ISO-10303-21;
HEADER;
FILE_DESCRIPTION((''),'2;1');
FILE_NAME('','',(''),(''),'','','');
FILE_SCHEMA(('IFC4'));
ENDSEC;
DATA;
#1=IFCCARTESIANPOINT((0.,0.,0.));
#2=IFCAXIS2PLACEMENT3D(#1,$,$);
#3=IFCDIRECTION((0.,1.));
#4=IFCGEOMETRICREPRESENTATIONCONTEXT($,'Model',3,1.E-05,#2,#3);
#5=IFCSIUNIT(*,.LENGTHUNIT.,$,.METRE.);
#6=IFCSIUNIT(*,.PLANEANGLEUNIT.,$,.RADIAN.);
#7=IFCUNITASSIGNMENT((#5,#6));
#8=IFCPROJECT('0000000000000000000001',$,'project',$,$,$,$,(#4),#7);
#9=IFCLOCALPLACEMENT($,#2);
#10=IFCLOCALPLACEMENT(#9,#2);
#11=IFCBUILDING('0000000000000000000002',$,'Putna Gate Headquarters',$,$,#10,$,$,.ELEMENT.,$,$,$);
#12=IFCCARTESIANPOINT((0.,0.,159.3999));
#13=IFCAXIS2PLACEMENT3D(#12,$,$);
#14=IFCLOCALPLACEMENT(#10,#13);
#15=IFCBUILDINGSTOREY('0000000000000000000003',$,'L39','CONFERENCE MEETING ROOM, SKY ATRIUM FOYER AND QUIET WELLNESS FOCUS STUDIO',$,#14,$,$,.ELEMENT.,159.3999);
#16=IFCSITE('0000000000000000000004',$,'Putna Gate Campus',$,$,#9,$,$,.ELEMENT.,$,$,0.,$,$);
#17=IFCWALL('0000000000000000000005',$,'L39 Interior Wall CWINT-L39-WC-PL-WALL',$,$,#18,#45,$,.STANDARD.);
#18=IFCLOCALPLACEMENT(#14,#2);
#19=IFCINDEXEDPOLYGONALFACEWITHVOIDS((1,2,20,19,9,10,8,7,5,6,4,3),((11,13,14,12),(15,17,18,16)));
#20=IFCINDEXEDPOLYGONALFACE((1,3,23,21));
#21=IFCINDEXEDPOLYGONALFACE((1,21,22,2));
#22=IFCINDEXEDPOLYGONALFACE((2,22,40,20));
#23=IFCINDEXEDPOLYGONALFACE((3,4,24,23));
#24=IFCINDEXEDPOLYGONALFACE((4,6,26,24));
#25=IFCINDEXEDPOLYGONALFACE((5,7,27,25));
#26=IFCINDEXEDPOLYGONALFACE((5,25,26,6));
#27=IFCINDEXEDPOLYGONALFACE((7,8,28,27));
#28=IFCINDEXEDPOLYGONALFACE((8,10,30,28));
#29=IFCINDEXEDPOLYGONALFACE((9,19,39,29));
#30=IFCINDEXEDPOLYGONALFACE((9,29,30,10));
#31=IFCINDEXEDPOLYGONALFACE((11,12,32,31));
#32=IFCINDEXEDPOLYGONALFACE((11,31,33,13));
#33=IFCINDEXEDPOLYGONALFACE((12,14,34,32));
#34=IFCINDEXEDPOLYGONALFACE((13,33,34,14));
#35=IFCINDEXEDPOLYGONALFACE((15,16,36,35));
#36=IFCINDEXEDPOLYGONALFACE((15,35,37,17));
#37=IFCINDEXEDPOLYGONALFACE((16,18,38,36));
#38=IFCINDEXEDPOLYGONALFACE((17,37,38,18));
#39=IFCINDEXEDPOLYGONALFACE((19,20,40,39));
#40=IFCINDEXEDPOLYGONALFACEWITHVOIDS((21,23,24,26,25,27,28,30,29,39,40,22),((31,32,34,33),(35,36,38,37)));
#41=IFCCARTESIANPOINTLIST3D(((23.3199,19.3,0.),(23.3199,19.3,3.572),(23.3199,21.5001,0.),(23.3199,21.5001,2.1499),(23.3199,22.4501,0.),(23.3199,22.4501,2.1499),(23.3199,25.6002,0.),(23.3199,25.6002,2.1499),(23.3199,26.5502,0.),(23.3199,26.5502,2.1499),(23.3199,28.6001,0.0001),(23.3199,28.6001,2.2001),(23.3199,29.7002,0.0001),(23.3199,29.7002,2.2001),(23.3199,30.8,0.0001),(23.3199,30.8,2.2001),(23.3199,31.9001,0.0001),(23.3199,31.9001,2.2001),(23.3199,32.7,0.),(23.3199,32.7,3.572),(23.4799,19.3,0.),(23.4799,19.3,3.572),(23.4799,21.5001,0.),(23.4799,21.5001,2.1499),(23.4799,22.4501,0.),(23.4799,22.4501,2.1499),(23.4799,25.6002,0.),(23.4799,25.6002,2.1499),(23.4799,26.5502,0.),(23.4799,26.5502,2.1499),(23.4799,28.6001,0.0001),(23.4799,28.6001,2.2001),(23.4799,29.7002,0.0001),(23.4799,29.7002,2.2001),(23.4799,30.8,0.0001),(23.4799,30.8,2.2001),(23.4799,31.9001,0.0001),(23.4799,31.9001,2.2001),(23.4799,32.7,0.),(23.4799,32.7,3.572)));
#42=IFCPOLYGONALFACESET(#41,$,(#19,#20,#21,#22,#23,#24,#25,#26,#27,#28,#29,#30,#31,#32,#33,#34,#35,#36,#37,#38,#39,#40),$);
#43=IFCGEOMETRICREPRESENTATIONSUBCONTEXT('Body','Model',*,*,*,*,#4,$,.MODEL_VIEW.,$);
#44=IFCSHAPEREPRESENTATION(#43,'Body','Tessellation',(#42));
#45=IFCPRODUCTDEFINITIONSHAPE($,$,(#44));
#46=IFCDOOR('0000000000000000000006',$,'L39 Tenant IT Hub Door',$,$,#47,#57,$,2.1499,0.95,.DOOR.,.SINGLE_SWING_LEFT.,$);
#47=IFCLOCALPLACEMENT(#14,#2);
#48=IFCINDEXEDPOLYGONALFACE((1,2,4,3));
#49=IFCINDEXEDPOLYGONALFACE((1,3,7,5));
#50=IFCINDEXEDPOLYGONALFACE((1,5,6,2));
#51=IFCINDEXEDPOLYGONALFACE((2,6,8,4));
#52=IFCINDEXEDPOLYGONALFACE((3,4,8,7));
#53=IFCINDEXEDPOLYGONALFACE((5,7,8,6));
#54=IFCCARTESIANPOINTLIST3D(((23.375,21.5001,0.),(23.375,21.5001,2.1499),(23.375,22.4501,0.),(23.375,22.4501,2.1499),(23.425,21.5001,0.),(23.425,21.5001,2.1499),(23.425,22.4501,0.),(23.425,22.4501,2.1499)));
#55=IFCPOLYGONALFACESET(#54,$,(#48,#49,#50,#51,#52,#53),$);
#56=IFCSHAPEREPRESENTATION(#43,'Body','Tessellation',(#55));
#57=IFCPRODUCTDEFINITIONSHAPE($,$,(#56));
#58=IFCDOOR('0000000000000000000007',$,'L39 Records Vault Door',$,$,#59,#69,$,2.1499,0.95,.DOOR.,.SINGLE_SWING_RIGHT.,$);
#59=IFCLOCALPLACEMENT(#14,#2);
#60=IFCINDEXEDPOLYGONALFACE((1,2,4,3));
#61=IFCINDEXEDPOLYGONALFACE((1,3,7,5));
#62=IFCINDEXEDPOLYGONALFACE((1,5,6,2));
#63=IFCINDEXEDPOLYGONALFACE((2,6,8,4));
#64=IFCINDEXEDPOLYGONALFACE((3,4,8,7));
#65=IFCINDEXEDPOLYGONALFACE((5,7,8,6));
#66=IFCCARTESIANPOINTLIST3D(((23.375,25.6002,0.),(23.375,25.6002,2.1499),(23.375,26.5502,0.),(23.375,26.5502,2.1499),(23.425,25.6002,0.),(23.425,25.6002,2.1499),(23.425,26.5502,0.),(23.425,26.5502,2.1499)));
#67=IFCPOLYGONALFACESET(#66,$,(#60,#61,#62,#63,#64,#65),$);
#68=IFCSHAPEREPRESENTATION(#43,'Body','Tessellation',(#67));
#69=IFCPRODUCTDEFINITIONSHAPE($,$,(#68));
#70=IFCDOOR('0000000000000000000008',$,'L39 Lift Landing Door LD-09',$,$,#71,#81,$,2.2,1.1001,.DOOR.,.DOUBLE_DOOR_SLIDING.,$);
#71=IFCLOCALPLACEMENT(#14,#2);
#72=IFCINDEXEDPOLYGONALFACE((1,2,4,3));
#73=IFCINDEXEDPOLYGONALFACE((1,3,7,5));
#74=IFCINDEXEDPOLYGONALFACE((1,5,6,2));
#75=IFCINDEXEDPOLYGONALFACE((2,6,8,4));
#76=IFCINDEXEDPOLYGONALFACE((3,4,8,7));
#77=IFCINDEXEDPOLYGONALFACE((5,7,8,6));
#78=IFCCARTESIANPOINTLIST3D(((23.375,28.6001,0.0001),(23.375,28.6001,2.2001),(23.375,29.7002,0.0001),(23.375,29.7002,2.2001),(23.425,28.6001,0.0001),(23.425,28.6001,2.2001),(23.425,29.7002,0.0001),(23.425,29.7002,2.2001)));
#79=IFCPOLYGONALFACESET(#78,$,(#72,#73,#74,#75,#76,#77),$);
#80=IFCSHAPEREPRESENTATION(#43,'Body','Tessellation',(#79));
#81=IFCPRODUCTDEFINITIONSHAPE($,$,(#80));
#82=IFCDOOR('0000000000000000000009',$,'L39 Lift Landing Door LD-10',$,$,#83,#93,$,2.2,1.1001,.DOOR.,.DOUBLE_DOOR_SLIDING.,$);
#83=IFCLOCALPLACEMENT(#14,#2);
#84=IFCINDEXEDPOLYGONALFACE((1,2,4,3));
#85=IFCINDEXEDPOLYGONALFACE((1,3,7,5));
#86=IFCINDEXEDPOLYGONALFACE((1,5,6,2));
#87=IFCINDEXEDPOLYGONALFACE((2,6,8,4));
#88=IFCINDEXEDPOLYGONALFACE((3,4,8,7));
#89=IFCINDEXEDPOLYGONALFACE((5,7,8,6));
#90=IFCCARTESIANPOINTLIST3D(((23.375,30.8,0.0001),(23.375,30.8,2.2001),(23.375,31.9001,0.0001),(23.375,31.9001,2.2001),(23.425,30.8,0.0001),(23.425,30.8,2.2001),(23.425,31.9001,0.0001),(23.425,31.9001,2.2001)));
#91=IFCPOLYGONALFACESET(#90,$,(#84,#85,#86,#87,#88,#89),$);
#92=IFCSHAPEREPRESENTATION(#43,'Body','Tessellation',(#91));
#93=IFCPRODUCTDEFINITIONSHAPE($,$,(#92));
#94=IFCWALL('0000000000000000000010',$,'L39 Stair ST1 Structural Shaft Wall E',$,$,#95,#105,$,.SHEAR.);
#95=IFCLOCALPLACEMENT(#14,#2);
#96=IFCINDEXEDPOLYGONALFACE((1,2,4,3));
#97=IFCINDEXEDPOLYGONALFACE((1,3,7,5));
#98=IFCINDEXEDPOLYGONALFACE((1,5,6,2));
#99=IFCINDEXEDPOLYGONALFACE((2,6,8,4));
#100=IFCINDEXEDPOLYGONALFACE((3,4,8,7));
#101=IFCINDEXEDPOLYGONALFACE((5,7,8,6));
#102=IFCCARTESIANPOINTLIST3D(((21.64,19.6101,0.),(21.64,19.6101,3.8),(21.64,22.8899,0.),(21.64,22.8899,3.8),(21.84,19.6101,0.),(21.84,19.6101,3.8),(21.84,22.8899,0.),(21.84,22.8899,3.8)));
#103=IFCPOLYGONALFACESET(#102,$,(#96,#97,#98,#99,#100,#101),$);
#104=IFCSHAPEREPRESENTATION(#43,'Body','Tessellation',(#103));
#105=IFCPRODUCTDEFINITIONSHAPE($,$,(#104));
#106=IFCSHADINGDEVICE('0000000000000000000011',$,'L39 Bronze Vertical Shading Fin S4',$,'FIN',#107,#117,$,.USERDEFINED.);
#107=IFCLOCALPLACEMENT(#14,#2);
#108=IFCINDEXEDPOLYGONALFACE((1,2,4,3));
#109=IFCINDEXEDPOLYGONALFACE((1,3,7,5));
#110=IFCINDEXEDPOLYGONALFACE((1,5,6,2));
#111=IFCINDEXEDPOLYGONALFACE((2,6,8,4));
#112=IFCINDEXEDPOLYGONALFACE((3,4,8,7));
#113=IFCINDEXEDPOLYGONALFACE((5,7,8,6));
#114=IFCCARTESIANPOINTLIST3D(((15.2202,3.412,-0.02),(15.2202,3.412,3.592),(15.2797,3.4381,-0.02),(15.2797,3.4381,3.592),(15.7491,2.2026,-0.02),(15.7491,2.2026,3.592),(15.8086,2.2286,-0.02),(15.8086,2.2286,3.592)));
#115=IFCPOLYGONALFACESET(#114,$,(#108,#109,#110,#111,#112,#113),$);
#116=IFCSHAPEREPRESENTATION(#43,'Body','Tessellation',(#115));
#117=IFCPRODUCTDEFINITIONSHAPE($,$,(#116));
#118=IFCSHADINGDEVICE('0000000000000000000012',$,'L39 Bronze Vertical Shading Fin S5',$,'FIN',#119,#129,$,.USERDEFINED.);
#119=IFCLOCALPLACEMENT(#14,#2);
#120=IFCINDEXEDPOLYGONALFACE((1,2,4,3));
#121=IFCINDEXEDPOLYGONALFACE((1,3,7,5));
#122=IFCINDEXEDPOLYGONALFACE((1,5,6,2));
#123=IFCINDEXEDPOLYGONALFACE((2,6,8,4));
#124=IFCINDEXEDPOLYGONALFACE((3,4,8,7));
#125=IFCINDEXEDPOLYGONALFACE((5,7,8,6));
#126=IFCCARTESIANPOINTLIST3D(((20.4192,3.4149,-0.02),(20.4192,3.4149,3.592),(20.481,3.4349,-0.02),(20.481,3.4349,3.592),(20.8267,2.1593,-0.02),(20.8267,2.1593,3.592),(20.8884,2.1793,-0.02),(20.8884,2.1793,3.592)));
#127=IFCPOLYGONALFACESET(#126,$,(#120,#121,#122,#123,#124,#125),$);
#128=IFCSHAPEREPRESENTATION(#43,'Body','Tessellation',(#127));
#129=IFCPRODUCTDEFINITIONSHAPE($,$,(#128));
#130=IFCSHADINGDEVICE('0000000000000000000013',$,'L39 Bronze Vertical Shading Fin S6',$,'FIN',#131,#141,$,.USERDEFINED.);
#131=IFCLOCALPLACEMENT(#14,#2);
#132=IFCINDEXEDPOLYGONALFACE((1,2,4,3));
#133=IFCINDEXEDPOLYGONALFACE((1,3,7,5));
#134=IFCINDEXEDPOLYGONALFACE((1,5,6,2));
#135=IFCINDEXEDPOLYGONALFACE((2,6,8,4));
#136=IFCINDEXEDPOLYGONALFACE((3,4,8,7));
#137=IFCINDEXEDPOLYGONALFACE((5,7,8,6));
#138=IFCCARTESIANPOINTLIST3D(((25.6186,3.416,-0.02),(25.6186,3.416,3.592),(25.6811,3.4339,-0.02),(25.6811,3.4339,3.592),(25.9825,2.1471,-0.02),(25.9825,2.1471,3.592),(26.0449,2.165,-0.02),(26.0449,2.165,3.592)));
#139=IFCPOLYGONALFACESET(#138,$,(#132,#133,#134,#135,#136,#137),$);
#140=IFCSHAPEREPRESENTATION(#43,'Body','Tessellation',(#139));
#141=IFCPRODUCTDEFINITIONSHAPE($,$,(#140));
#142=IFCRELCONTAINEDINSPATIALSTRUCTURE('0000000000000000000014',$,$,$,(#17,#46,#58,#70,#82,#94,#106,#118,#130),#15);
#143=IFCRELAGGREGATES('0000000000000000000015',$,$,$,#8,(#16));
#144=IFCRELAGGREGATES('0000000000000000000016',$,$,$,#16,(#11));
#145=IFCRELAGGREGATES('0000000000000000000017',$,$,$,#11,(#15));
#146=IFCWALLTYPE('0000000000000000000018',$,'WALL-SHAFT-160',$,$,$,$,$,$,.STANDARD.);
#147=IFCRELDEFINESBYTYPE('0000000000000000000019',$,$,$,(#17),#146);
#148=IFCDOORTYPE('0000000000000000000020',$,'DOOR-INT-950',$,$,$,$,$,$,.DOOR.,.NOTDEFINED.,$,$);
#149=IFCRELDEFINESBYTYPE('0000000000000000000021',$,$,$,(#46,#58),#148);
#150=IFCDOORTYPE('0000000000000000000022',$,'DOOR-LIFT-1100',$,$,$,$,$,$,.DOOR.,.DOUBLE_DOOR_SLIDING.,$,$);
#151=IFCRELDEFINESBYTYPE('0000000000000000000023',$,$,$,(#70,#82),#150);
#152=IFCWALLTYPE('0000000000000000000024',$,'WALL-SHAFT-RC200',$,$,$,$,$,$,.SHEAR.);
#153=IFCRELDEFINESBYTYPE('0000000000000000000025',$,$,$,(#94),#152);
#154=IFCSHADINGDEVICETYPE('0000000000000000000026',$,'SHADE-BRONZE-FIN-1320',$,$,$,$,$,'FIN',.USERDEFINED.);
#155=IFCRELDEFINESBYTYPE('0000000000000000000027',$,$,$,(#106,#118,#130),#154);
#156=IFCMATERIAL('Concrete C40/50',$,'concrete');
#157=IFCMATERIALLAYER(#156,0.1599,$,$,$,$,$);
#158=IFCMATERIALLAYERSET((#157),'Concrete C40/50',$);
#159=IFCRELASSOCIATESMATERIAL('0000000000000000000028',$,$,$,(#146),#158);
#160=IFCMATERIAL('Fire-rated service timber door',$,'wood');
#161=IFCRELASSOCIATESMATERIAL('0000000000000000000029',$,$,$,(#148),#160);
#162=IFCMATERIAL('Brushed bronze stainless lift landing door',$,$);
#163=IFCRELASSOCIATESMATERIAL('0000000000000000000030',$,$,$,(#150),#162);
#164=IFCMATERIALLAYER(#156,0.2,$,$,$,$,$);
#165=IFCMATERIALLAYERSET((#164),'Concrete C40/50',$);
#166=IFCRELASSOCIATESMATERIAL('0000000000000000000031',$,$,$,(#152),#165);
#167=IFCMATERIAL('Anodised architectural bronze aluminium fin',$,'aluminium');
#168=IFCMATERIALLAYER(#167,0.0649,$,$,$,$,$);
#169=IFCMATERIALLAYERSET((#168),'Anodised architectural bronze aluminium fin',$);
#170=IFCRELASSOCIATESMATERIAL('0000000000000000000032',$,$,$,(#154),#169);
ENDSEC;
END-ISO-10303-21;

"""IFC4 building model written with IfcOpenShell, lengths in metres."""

from ifc_helpers import new_model, si_unit, direction, frame, frame_2d, origin, origin_2d, place, context, subcontext, project, spatial, rectangle, extrude, material, layer, layer_set, type_object, element, fill, save


model = new_model("IFC4")

# Units and contexts
model_context = context("Model", 3, precision=1e-05, world=origin(), true_north=direction((0.0, 1.0)))
body_context = subcontext(model_context, "Body", "Model", "MODEL_VIEW")
ifc_project = project(units=[si_unit("LENGTHUNIT", "METRE"), si_unit("PLANEANGLEUNIT", "RADIAN")], contexts=[model_context])

# Site, building, storey
site_placement = place(None, origin())
site = spatial("IfcSite", under=ifc_project, at=site_placement, Name="Putna Gate Campus", CompositionType="ELEMENT", RefElevation=0.0)
building_placement = place(site_placement, origin())
building = spatial("IfcBuilding", under=site, at=building_placement, Name="Putna Gate Headquarters", CompositionType="ELEMENT")
storey_placement = place(building_placement, frame((0.0, 0.0, 159.3999)))
storey = spatial("IfcBuildingStorey", under=building, at=storey_placement, Name="L39", Description="CONFERENCE MEETING ROOM, SKY ATRIUM FOYER AND QUIET WELLNESS FOCUS STUDIO", CompositionType="ELEMENT", Elevation=159.3999)

# Wall, openings, doors
ifc_material_1 = material(Name="Concrete C40/50", Category="concrete")
ifc_layer_1 = layer(ifc_material_1, 0.1599)
ifc_layer_set_1 = layer_set([ifc_layer_1], Name="Concrete C40/50")
wall_type_1 = type_object("IfcWallType", Name="WALL-SHAFT-160", PredefinedType="STANDARD", material=ifc_layer_set_1)
wall_1_placement = place(storey_placement, frame((23.3999, 19.3, 0.0), z_axis=(0.0, 0.0, 1.0), x_axis=(0.0, 1.0, 0.0)))
wall_1 = element("IfcWall", 1, at=wall_1_placement, inside=storey, type_object=wall_type_1, Name="L39 Interior Wall CWINT-L39-WC-PL-WALL", PredefinedType="STANDARD", context=body_context, shape_type="SweptSolid", body=[
    extrude(rectangle(XDim=13.3999, YDim=0.1599, at=frame_2d((6.7, 0.0))), origin(), (0.0, 0.0, 1.0), 3.572),
])
opening_1_placement = place(wall_1_placement, frame((2.2, 0.0, 0.0)))
opening_1 = element("IfcOpeningElement", 2, at=opening_1_placement, cuts=wall_1, PredefinedType="OPENING", context=body_context, shape_type="SweptSolid", body=[
    extrude(rectangle(XDim=0.95, YDim=2.1499, at=frame_2d((0.4751, 1.075))), frame((0.0, 0.0898, 0.0), z_axis=(0.0, -1.0, 0.0), x_axis=(1.0, 0.0, 0.0)), (0.0, 0.0, 1.0), 0.1799),
])
opening_2_placement = place(wall_1_placement, frame((6.3, 0.0, 0.0)))
opening_2 = element("IfcOpeningElement", 3, at=opening_2_placement, cuts=wall_1, PredefinedType="OPENING", context=body_context, shape_type="SweptSolid", body=[
    extrude(rectangle(XDim=0.95, YDim=2.1499, at=frame_2d((0.4751, 1.075))), frame((0.0, 0.0898, 0.0), z_axis=(0.0, -1.0, 0.0), x_axis=(1.0, 0.0, 0.0)), (0.0, 0.0, 1.0), 0.1799),
])
opening_3_placement = place(wall_1_placement, frame((9.3, 0.0, 0.0)))
opening_3 = element("IfcOpeningElement", 4, at=opening_3_placement, cuts=wall_1, PredefinedType="OPENING", context=body_context, shape_type="SweptSolid", body=[
    extrude(rectangle(XDim=1.1001, YDim=2.2, at=frame_2d((0.55, 1.1001))), frame((0.0, 0.0898, 0.0), z_axis=(0.0, -1.0, 0.0), x_axis=(1.0, 0.0, 0.0)), (0.0, 0.0, 1.0), 0.1799),
])
opening_4_placement = place(wall_1_placement, frame((11.5, 0.0, 0.0)))
opening_4 = element("IfcOpeningElement", 5, at=opening_4_placement, cuts=wall_1, PredefinedType="OPENING", context=body_context, shape_type="SweptSolid", body=[
    extrude(rectangle(XDim=1.1001, YDim=2.2, at=frame_2d((0.55, 1.1001))), frame((0.0, 0.0898, 0.0), z_axis=(0.0, -1.0, 0.0), x_axis=(1.0, 0.0, 0.0)), (0.0, 0.0, 1.0), 0.1799),
])
ifc_material_2 = material(Name="Fire-rated service timber door", Category="wood")
door_type_1 = type_object("IfcDoorType", Name="DOOR-INT-950", OperationType="NOTDEFINED", PredefinedType="DOOR", material=ifc_material_2)
door_1_placement = place(opening_1_placement, origin())
door_1 = element("IfcDoor", 6, at=door_1_placement, inside=storey, type_object=door_type_1, Name="L39 Tenant IT Hub Door", OperationType="SINGLE_SWING_LEFT", OverallHeight=2.1499, OverallWidth=0.95, PredefinedType="DOOR", context=body_context, shape_type="SweptSolid", body=[
    extrude(rectangle(XDim=0.95, YDim=2.1499, at=frame_2d((0.4751, 1.075))), frame((0.0, 0.0249, 0.0), z_axis=(0.0, -1.0, 0.0), x_axis=(1.0, 0.0, 0.0)), (0.0, 0.0, 1.0), 0.05),
])
fill(opening_1, door_1)
door_2_placement = place(opening_2_placement, origin())
door_2 = element("IfcDoor", 7, at=door_2_placement, inside=storey, type_object=door_type_1, Name="L39 Records Vault Door", OperationType="SINGLE_SWING_RIGHT", OverallHeight=2.1499, OverallWidth=0.95, PredefinedType="DOOR", context=body_context, shape_type="SweptSolid", body=[
    extrude(rectangle(XDim=0.95, YDim=2.1499, at=frame_2d((0.4751, 1.075))), frame((0.0, 0.0249, 0.0), z_axis=(0.0, -1.0, 0.0), x_axis=(1.0, 0.0, 0.0)), (0.0, 0.0, 1.0), 0.05),
])
fill(opening_2, door_2)
ifc_material_3 = material(Name="Brushed bronze stainless lift landing door")
door_type_2 = type_object("IfcDoorType", Name="DOOR-LIFT-1100", OperationType="DOUBLE_DOOR_SLIDING", PredefinedType="DOOR", material=ifc_material_3)
door_3_placement = place(opening_3_placement, origin())
door_3 = element("IfcDoor", 8, at=door_3_placement, inside=storey, type_object=door_type_2, Name="L39 Lift Landing Door LD-09", OperationType="DOUBLE_DOOR_SLIDING", OverallHeight=2.2, OverallWidth=1.1001, PredefinedType="DOOR", context=body_context, shape_type="SweptSolid", body=[
    extrude(rectangle(XDim=1.1001, YDim=2.2, at=frame_2d((0.55, 1.1001))), frame((0.0, 0.0249, 0.0), z_axis=(0.0, -1.0, 0.0), x_axis=(1.0, 0.0, 0.0)), (0.0, 0.0, 1.0), 0.05),
])
fill(opening_3, door_3)
door_4_placement = place(opening_4_placement, origin())
door_4 = element("IfcDoor", 9, at=door_4_placement, inside=storey, type_object=door_type_2, Name="L39 Lift Landing Door LD-10", OperationType="DOUBLE_DOOR_SLIDING", OverallHeight=2.2, OverallWidth=1.1001, PredefinedType="DOOR", context=body_context, shape_type="SweptSolid", body=[
    extrude(rectangle(XDim=1.1001, YDim=2.2, at=frame_2d((0.55, 1.1001))), frame((0.0, 0.0249, 0.0), z_axis=(0.0, -1.0, 0.0), x_axis=(1.0, 0.0, 0.0)), (0.0, 0.0, 1.0), 0.05),
])
fill(opening_4, door_4)

# Wall
ifc_layer_2 = layer(ifc_material_1, 0.2)
ifc_layer_set_2 = layer_set([ifc_layer_2], Name="Concrete C40/50")
wall_type_2 = type_object("IfcWallType", Name="WALL-SHAFT-RC200", PredefinedType="SHEAR", material=ifc_layer_set_2)
wall_2_placement = place(storey_placement, frame((21.74, 19.6101, 0.0), z_axis=(0.0, 0.0, 1.0), x_axis=(0.0, 1.0, 0.0)))
element("IfcWall", 10, at=wall_2_placement, inside=storey, type_object=wall_type_2, Name="L39 Stair ST1 Structural Shaft Wall E", PredefinedType="SHEAR", context=body_context, shape_type="SweptSolid", body=[
    extrude(rectangle(XDim=3.2798, YDim=0.2, at=frame_2d((1.6399, 0.0))), origin(), (0.0, 0.0, 1.0), 3.8),
])

# Shading devices
ifc_material_4 = material(Name="Anodised architectural bronze aluminium fin", Category="aluminium")
ifc_layer_3 = layer(ifc_material_4, 0.0649)
ifc_layer_set_3 = layer_set([ifc_layer_3], Name="Anodised architectural bronze aluminium fin")
shading_device_type = type_object("IfcShadingDeviceType", Name="SHADE-BRONZE-FIN-1320", ElementType="FIN", PredefinedType="USERDEFINED", material=ifc_layer_set_3)
for number, where, z_axis, x_axis, name in (
    (11, (15.5144, 2.8203, -0.02), (0.0, 0.0, 1.0), (0.400669, -0.916223, 0.0), "L39 Bronze Vertical Shading Fin S4"),
    (12, (20.6538, 2.7971, -0.02), (0.0, 0.0, 1.0), (0.308685, -0.951164, 0.0), "L39 Bronze Vertical Shading Fin S5"),
    (13, (25.8318, 2.7905, -0.02), (0.0, 0.0, 1.0), (0.275637, -0.961262, 0.0), "L39 Bronze Vertical Shading Fin S6"),
):
    element("IfcShadingDevice", number, at=place(storey_placement, frame(where, z_axis=z_axis, x_axis=x_axis)), inside=storey, type_object=shading_device_type, Name=name, ObjectType="FIN", PredefinedType="USERDEFINED", context=body_context, shape_type="SweptSolid", body=[
        extrude(rectangle(XDim=1.3201, YDim=0.0649, at=origin_2d()), origin(), (0.0, 0.0, 1.0), 3.6121),
    ])

save(model, "model.ifc")
